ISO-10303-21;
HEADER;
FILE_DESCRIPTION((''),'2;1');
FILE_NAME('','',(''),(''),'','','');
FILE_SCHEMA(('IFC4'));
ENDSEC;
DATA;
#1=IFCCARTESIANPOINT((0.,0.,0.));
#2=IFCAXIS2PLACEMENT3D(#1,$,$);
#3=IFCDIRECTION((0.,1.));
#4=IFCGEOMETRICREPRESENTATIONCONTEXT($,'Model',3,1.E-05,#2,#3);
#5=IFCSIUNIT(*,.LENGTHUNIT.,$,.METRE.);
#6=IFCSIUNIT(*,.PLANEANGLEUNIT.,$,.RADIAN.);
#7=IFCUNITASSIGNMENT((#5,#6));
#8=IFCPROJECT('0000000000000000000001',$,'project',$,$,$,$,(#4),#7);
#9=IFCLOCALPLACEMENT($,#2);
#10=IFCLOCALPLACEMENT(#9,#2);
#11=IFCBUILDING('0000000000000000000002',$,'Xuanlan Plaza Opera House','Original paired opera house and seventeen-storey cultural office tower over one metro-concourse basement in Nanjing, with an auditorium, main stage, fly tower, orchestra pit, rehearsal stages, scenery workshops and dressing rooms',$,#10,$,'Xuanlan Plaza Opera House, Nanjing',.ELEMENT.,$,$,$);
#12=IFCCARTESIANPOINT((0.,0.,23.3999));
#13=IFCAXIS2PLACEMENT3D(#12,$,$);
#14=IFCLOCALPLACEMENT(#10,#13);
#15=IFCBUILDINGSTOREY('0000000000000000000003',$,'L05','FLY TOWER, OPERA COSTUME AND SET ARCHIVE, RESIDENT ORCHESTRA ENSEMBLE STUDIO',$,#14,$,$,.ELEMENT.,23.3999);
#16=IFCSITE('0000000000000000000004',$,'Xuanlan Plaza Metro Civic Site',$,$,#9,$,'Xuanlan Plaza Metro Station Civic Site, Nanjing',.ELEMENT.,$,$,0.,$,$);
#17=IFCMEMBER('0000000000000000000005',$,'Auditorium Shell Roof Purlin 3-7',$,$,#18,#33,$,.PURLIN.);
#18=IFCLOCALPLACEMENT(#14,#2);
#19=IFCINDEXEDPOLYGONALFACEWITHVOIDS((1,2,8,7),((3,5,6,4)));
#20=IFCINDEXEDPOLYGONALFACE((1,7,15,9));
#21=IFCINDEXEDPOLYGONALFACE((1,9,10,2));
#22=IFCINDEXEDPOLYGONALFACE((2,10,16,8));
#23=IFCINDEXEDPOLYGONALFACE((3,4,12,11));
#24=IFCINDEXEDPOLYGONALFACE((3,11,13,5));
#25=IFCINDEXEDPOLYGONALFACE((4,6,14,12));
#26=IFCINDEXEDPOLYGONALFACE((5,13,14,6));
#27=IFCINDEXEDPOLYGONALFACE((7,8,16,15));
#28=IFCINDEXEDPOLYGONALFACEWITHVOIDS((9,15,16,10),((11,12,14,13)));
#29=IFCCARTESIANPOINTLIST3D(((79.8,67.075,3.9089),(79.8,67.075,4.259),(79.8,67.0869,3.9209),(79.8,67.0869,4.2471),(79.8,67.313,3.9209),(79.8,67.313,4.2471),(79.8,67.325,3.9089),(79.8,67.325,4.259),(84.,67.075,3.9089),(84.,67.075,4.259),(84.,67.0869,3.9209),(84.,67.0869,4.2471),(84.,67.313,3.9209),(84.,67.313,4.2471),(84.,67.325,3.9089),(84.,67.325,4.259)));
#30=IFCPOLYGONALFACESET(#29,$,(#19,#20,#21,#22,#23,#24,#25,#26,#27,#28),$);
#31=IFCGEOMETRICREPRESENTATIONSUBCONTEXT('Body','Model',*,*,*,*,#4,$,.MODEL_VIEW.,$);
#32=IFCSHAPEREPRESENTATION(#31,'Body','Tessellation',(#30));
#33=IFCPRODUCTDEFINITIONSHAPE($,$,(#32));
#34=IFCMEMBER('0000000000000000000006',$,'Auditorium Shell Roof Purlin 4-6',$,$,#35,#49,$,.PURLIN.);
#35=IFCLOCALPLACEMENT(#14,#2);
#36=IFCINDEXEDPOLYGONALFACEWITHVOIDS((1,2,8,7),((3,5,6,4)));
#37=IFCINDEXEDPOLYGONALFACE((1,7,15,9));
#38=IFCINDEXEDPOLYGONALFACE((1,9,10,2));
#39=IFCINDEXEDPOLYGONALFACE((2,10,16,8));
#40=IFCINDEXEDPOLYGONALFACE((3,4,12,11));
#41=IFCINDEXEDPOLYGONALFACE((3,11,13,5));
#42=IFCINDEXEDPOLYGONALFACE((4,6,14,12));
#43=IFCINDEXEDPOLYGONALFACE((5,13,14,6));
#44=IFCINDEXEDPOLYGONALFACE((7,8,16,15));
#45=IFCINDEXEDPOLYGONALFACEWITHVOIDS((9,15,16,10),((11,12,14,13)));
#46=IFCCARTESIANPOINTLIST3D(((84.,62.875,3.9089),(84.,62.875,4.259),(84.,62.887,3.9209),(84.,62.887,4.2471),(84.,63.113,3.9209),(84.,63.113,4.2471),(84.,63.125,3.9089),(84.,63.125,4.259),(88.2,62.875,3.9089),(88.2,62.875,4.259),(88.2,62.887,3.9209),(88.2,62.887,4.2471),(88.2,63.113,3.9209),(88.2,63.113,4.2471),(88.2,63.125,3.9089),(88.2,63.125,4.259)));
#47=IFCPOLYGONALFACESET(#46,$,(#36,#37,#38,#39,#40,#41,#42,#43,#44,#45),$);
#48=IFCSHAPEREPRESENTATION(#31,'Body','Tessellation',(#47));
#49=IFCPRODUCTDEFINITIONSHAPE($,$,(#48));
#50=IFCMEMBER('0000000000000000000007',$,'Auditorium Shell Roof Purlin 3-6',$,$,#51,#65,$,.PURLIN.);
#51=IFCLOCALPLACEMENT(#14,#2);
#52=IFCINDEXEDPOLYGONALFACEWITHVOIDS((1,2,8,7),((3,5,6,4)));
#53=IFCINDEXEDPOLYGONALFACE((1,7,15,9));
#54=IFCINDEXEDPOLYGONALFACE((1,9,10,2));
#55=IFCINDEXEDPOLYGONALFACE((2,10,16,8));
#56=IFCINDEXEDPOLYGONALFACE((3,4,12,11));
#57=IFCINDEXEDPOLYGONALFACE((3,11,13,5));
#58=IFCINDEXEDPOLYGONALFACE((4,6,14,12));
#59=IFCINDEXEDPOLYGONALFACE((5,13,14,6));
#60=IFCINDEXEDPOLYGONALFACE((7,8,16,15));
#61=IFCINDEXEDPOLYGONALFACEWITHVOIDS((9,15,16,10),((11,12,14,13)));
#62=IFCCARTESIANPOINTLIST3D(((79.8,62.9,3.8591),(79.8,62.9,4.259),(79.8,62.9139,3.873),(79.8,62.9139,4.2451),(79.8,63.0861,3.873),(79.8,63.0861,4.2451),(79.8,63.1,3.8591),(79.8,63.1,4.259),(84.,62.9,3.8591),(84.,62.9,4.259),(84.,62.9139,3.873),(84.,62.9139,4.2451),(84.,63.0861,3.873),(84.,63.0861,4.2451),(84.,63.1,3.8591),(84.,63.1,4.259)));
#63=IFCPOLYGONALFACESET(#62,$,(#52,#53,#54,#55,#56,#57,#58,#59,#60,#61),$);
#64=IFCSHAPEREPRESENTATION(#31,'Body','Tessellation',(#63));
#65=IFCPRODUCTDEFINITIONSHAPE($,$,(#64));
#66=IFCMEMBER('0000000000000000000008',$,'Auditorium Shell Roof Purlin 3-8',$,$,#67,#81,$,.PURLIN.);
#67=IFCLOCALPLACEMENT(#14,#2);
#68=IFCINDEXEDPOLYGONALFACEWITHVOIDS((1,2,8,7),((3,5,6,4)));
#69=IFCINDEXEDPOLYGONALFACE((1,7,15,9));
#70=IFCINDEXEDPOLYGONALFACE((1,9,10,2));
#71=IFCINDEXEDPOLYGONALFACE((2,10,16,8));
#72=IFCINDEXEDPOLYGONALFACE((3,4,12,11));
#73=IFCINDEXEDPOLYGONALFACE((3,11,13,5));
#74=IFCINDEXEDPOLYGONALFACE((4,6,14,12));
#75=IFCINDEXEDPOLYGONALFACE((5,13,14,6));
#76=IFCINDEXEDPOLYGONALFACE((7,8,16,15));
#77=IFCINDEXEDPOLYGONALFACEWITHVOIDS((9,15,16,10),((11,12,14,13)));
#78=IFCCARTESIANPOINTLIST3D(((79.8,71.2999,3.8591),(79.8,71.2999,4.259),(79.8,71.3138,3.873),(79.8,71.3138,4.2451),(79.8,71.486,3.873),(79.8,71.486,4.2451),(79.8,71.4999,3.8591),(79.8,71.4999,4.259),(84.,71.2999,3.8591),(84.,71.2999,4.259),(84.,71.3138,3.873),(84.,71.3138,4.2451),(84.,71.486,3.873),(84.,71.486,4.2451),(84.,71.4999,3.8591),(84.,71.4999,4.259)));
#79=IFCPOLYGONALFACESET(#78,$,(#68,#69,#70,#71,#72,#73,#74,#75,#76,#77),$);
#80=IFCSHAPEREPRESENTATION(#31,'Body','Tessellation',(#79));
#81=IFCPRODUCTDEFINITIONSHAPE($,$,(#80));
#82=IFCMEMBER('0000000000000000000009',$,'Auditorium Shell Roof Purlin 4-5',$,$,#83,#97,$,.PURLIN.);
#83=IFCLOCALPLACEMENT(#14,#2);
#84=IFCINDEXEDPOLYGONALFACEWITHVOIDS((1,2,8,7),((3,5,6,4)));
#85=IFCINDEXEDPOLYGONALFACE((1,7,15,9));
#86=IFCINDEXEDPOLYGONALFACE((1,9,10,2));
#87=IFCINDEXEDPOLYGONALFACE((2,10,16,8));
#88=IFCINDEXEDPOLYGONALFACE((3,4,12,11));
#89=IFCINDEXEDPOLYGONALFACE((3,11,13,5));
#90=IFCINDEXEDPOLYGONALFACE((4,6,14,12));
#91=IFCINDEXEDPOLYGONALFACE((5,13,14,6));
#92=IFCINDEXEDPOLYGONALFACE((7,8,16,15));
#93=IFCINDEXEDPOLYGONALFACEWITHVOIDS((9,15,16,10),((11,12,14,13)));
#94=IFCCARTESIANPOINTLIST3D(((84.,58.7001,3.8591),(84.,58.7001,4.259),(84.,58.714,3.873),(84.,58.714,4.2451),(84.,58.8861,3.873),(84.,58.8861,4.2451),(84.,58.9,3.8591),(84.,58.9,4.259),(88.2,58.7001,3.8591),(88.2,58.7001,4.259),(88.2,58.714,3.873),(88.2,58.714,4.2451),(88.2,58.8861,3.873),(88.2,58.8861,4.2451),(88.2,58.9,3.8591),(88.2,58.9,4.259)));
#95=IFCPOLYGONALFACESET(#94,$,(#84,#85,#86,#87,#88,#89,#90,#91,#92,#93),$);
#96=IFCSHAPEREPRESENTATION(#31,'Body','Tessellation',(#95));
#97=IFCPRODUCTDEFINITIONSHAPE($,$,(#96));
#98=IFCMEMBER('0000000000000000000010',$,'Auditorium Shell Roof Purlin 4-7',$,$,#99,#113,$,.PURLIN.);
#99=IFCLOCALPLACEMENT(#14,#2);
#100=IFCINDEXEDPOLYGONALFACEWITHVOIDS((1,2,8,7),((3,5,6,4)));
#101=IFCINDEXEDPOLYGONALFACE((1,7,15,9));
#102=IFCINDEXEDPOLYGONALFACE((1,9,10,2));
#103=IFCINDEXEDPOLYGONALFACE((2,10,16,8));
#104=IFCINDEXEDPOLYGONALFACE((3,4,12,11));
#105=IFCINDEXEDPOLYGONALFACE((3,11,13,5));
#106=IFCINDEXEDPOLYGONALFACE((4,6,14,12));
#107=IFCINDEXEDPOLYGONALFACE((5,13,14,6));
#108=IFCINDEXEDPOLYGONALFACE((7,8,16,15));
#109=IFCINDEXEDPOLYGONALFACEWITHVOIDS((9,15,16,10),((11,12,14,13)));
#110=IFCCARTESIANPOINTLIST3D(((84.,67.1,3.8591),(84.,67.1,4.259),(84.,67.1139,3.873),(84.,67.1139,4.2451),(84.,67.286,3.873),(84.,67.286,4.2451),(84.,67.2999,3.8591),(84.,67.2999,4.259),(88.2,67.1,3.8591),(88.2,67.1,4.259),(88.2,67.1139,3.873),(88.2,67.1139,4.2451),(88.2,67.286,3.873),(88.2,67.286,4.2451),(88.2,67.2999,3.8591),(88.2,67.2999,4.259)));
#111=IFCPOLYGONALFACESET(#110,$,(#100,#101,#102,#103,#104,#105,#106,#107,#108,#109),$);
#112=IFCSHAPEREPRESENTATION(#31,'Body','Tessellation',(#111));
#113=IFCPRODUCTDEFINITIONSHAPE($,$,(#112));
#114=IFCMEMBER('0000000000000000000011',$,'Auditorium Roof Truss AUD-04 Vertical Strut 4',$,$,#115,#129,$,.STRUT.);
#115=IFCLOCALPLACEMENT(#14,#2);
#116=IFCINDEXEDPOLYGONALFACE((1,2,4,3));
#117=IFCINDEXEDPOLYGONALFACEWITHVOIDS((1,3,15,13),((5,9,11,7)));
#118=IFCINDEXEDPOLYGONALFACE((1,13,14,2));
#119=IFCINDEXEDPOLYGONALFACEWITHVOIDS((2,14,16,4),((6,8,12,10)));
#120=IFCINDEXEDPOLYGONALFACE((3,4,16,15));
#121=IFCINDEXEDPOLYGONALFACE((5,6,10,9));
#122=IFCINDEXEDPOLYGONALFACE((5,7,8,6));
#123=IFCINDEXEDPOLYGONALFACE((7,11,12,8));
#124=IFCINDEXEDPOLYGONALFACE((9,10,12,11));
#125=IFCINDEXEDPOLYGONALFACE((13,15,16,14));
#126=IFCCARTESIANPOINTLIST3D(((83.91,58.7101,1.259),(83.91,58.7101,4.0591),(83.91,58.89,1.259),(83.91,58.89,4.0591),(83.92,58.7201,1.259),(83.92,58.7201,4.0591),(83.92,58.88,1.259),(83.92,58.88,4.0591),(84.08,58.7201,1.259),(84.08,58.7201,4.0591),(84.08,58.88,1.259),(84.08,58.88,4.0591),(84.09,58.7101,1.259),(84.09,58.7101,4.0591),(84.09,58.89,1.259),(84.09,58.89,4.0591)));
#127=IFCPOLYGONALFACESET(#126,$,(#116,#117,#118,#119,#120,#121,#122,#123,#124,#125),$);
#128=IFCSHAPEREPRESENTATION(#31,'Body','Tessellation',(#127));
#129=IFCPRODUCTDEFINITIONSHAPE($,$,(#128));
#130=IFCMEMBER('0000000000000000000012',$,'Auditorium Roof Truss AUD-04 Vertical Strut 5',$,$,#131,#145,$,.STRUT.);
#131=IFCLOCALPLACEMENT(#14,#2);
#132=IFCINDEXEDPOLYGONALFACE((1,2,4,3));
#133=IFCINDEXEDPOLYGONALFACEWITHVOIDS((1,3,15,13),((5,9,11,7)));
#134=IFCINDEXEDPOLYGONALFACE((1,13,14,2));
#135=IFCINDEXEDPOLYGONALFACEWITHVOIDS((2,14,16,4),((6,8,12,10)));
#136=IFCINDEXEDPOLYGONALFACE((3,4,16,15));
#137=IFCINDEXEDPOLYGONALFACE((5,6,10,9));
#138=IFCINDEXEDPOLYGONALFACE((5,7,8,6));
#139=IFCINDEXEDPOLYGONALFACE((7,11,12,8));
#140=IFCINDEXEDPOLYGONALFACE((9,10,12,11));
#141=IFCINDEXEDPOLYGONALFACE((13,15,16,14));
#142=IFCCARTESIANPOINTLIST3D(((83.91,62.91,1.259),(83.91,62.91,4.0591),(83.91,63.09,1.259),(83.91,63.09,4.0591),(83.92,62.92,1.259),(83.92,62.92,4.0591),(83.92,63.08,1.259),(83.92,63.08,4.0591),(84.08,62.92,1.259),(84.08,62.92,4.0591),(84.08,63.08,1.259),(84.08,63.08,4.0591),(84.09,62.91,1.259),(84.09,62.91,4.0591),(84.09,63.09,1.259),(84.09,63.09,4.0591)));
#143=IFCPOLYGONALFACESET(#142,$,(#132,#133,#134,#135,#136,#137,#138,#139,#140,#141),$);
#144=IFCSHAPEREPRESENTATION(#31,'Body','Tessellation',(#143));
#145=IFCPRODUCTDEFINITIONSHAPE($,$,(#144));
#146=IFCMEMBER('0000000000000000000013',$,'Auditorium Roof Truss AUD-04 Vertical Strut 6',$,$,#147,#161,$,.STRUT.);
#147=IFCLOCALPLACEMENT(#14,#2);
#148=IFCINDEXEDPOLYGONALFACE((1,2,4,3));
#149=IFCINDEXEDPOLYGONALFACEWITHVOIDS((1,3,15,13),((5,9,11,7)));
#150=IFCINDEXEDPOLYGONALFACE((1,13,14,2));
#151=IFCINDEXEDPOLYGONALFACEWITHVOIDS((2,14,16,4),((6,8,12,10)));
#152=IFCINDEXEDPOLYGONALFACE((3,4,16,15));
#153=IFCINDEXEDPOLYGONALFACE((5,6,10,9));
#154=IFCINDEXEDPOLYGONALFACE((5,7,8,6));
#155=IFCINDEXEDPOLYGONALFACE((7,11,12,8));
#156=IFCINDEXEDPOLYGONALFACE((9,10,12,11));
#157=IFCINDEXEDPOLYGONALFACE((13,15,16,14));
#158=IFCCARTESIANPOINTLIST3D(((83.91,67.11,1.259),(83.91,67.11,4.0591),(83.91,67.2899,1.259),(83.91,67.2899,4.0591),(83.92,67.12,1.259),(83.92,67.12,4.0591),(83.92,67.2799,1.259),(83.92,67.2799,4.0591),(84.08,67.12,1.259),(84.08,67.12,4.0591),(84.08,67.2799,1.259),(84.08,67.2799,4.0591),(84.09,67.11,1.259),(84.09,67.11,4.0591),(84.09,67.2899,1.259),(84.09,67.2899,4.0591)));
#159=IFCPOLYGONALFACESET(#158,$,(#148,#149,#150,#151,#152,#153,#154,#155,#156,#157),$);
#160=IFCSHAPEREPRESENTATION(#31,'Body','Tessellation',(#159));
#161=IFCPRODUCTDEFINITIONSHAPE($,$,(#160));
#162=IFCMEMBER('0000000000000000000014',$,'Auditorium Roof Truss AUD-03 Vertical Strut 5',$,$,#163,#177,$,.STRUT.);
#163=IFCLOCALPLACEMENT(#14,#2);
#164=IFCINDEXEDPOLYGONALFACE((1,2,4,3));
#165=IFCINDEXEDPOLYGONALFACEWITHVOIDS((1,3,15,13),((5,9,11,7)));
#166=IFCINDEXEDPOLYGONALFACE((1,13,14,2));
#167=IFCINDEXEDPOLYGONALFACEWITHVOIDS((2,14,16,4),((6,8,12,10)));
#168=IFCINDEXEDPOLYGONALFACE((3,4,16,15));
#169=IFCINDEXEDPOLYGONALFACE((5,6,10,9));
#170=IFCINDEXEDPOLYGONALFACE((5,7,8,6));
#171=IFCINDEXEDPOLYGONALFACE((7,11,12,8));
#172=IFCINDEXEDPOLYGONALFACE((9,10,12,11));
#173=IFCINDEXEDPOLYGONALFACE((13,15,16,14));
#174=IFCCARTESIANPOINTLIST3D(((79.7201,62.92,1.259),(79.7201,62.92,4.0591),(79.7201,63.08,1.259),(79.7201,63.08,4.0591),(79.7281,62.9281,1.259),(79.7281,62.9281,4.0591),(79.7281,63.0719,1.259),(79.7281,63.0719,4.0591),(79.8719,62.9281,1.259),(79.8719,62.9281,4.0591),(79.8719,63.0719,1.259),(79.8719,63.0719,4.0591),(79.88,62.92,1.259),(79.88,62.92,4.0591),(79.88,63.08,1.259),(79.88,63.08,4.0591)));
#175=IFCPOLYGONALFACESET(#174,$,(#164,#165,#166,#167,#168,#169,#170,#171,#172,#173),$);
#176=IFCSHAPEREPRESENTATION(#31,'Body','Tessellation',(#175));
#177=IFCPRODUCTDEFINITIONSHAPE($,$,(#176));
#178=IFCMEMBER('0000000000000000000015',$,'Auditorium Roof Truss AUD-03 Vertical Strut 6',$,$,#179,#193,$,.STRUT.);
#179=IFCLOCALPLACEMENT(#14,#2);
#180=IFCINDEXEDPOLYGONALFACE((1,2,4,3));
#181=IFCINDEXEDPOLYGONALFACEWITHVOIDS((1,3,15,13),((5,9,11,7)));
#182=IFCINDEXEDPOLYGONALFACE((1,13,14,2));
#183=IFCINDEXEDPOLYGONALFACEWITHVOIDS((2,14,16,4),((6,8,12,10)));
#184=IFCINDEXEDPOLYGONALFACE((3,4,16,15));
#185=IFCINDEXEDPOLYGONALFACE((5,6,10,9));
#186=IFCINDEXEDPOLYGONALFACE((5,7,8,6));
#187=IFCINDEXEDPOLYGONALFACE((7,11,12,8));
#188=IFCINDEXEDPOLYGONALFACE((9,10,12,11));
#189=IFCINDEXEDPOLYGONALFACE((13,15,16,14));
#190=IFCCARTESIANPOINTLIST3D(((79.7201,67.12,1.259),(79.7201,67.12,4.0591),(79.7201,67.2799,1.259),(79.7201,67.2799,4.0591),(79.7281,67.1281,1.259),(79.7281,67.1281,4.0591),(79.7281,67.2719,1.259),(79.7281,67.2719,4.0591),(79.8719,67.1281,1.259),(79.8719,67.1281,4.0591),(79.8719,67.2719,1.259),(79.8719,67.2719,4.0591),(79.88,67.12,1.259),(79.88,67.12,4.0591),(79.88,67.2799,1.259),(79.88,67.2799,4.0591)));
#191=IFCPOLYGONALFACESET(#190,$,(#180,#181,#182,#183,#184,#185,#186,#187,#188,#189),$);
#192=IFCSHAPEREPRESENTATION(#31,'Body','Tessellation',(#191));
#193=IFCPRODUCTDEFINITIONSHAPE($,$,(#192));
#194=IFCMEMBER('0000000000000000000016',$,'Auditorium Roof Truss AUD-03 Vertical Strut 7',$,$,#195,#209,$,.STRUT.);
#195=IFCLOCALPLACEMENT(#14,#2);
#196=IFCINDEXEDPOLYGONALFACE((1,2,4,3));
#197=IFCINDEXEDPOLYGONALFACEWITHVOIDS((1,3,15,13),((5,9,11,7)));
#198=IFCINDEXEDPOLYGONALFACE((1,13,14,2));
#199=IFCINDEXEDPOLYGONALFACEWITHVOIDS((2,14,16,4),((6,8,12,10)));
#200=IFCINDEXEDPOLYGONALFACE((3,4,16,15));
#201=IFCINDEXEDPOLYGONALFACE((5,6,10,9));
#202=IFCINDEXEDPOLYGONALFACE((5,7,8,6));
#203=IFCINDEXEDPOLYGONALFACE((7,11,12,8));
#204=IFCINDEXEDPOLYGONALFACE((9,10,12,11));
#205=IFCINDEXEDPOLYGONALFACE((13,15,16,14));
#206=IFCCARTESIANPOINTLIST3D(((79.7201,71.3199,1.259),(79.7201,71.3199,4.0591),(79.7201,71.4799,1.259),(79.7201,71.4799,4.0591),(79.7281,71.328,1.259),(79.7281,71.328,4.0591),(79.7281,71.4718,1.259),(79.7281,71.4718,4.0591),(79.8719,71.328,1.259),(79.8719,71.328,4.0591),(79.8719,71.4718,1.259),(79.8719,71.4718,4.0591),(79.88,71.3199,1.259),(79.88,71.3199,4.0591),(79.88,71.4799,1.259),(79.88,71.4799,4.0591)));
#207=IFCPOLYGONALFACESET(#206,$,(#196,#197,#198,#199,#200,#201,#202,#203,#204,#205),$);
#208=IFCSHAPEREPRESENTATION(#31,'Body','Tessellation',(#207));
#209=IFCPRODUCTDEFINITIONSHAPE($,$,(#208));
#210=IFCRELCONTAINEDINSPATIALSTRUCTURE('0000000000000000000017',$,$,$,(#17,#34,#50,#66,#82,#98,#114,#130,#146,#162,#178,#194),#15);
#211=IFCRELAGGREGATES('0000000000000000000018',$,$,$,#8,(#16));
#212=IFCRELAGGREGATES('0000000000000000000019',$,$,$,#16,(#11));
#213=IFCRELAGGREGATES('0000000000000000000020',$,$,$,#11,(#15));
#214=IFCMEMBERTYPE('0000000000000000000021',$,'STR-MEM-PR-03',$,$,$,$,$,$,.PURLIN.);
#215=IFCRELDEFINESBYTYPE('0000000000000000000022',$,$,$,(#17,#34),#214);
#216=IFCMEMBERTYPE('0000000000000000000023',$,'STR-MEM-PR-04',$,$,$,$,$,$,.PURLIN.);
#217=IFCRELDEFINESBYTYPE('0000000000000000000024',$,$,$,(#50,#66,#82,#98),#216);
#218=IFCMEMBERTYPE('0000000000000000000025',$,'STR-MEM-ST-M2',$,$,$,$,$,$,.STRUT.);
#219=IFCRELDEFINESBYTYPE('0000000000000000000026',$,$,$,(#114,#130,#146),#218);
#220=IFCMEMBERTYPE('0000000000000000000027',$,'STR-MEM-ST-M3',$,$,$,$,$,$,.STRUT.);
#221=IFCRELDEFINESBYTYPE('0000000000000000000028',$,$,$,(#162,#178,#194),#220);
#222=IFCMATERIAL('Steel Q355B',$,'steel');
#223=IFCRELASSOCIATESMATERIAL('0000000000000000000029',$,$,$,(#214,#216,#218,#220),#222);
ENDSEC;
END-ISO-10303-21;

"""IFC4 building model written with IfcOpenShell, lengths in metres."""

from ifc_helpers import new_model, si_unit, direction, frame, origin, origin_2d, place, context, subcontext, project, spatial, hollow_rectangle, extrude, material, material_profile, profile_set, type_object, element, save


model = new_model("IFC4")

# Units and contexts
model_context = context("Model", 3, precision=1e-05, world=origin(), true_north=direction((0.0, 1.0)))
body_context = subcontext(model_context, "Body", "Model", "MODEL_VIEW")
ifc_project = project(units=[si_unit("LENGTHUNIT", "METRE"), si_unit("PLANEANGLEUNIT", "RADIAN")], contexts=[model_context])

# Site, building, storey
site_placement = place(None, origin())
site = spatial("IfcSite", under=ifc_project, at=site_placement, Name="Xuanlan Plaza Metro Civic Site", LongName="Xuanlan Plaza Metro Station Civic Site, Nanjing", CompositionType="ELEMENT", RefElevation=0.0)
building_placement = place(site_placement, origin())
building = spatial("IfcBuilding", under=site, at=building_placement, Name="Xuanlan Plaza Opera House", Description="Original paired opera house and seventeen-storey cultural office tower over one metro-concourse basement in Nanjing, with an auditorium, main stage, fly tower, orchestra pit, rehearsal stages, scenery workshops and dressing rooms", LongName="Xuanlan Plaza Opera House, Nanjing", CompositionType="ELEMENT")
storey_placement = place(building_placement, frame((0.0, 0.0, 23.3999)))
storey = spatial("IfcBuildingStorey", under=building, at=storey_placement, Name="L05", Description="FLY TOWER, OPERA COSTUME AND SET ARCHIVE, RESIDENT ORCHESTRA ENSEMBLE STUDIO", CompositionType="ELEMENT", Elevation=23.3999)

# Members
ifc_material_1 = material(Name="Steel Q355B", Category="steel")
ifc_material_profile_1 = material_profile(ifc_material_1, hollow_rectangle(XDim=0.25, YDim=0.3501, WallThickness=0.012, at=origin_2d()), Name="RHS 350x250x12")
ifc_profile_set_1 = profile_set([ifc_material_profile_1], Name="Steel Q355B")
member_type_1 = type_object("IfcMemberType", Name="STR-MEM-PR-03", PredefinedType="PURLIN", material=ifc_profile_set_1)
for number, where, z_axis, x_axis, name in (
    (1, (79.8, 67.2, 4.084), (1.0, 0.0, 0.0), (0.0, 1.0, 0.0), "Auditorium Shell Roof Purlin 3-7"),
    (2, (84.0, 63.0, 4.084), (1.0, 0.0, 0.0), (0.0, 1.0, 0.0), "Auditorium Shell Roof Purlin 4-6"),
):
    element("IfcMember", number, at=place(storey_placement, frame(where, z_axis=z_axis, x_axis=x_axis)), inside=storey, type_object=member_type_1, Name=name, PredefinedType="PURLIN", context=body_context, shape_type="SweptSolid", body=[
        extrude(hollow_rectangle(XDim=0.25, YDim=0.3501, WallThickness=0.012, at=origin_2d()), origin(), (0.0, 0.0, 1.0), 4.2),
    ])
ifc_material_profile_2 = material_profile(ifc_material_1, hollow_rectangle(XDim=0.2, YDim=0.3999, WallThickness=0.0139, at=origin_2d()), Name="RHS 400x200x14")
ifc_profile_set_2 = profile_set([ifc_material_profile_2], Name="Steel Q355B")
member_type_2 = type_object("IfcMemberType", Name="STR-MEM-PR-04", PredefinedType="PURLIN", material=ifc_profile_set_2)
for number, where, z_axis, x_axis, name in (
    (3, (79.8, 63.0, 4.0591), (1.0, 0.0, 0.0), (0.0, 1.0, 0.0), "Auditorium Shell Roof Purlin 3-6"),
    (4, (79.8, 71.3999, 4.0591), (1.0, 0.0, 0.0), (0.0, 1.0, 0.0), "Auditorium Shell Roof Purlin 3-8"),
    (5, (84.0, 58.8, 4.0591), (1.0, 0.0, 0.0), (0.0, 1.0, 0.0), "Auditorium Shell Roof Purlin 4-5"),
    (6, (84.0, 67.2, 4.0591), (1.0, 0.0, 0.0), (0.0, 1.0, 0.0), "Auditorium Shell Roof Purlin 4-7"),
):
    element("IfcMember", number, at=place(storey_placement, frame(where, z_axis=z_axis, x_axis=x_axis)), inside=storey, type_object=member_type_2, Name=name, PredefinedType="PURLIN", context=body_context, shape_type="SweptSolid", body=[
        extrude(hollow_rectangle(XDim=0.2, YDim=0.3999, WallThickness=0.0139, at=origin_2d()), origin(), (0.0, 0.0, 1.0), 4.2),
    ])
ifc_material_profile_3 = material_profile(ifc_material_1, hollow_rectangle(XDim=0.1799, YDim=0.1799, WallThickness=0.01, at=origin_2d()), Name="SHS 180x180x10")
ifc_profile_set_3 = profile_set([ifc_material_profile_3], Name="Steel Q355B")
member_type_3 = type_object("IfcMemberType", Name="STR-MEM-ST-M2", PredefinedType="STRUT", material=ifc_profile_set_3)
for number, where, z_axis, x_axis, name in (
    (7, (84.0, 58.8, 1.259), (0.0, 0.0, 1.0), (1.0, 0.0, 0.0), "Auditorium Roof Truss AUD-04 Vertical Strut 4"),
    (8, (84.0, 63.0, 1.259), (0.0, 0.0, 1.0), (1.0, 0.0, 0.0), "Auditorium Roof Truss AUD-04 Vertical Strut 5"),
    (9, (84.0, 67.2, 1.259), (0.0, 0.0, 1.0), (1.0, 0.0, 0.0), "Auditorium Roof Truss AUD-04 Vertical Strut 6"),
):
    element("IfcMember", number, at=place(storey_placement, frame(where, z_axis=z_axis, x_axis=x_axis)), inside=storey, type_object=member_type_3, Name=name, PredefinedType="STRUT", context=body_context, shape_type="SweptSolid", body=[
        extrude(hollow_rectangle(XDim=0.1799, YDim=0.1799, WallThickness=0.01, at=origin_2d()), origin(), (0.0, 0.0, 1.0), 2.8),
    ])
ifc_material_profile_4 = material_profile(ifc_material_1, hollow_rectangle(XDim=0.1599, YDim=0.1599, WallThickness=0.0081, at=origin_2d()), Name="SHS 160x160x8")
ifc_profile_set_4 = profile_set([ifc_material_profile_4], Name="Steel Q355B")
member_type_4 = type_object("IfcMemberType", Name="STR-MEM-ST-M3", PredefinedType="STRUT", material=ifc_profile_set_4)
for number, where, z_axis, x_axis, name in (
    (10, (79.8, 63.0, 1.259), (0.0, 0.0, 1.0), (1.0, 0.0, 0.0), "Auditorium Roof Truss AUD-03 Vertical Strut 5"),
    (11, (79.8, 67.2, 1.259), (0.0, 0.0, 1.0), (1.0, 0.0, 0.0), "Auditorium Roof Truss AUD-03 Vertical Strut 6"),
    (12, (79.8, 71.3999, 1.259), (0.0, 0.0, 1.0), (1.0, 0.0, 0.0), "Auditorium Roof Truss AUD-03 Vertical Strut 7"),
):
    element("IfcMember", number, at=place(storey_placement, frame(where, z_axis=z_axis, x_axis=x_axis)), inside=storey, type_object=member_type_4, Name=name, PredefinedType="STRUT", context=body_context, shape_type="SweptSolid", body=[
        extrude(hollow_rectangle(XDim=0.1599, YDim=0.1599, WallThickness=0.0081, at=origin_2d()), origin(), (0.0, 0.0, 1.0), 2.8),
    ])

save(model, "model.ifc")
